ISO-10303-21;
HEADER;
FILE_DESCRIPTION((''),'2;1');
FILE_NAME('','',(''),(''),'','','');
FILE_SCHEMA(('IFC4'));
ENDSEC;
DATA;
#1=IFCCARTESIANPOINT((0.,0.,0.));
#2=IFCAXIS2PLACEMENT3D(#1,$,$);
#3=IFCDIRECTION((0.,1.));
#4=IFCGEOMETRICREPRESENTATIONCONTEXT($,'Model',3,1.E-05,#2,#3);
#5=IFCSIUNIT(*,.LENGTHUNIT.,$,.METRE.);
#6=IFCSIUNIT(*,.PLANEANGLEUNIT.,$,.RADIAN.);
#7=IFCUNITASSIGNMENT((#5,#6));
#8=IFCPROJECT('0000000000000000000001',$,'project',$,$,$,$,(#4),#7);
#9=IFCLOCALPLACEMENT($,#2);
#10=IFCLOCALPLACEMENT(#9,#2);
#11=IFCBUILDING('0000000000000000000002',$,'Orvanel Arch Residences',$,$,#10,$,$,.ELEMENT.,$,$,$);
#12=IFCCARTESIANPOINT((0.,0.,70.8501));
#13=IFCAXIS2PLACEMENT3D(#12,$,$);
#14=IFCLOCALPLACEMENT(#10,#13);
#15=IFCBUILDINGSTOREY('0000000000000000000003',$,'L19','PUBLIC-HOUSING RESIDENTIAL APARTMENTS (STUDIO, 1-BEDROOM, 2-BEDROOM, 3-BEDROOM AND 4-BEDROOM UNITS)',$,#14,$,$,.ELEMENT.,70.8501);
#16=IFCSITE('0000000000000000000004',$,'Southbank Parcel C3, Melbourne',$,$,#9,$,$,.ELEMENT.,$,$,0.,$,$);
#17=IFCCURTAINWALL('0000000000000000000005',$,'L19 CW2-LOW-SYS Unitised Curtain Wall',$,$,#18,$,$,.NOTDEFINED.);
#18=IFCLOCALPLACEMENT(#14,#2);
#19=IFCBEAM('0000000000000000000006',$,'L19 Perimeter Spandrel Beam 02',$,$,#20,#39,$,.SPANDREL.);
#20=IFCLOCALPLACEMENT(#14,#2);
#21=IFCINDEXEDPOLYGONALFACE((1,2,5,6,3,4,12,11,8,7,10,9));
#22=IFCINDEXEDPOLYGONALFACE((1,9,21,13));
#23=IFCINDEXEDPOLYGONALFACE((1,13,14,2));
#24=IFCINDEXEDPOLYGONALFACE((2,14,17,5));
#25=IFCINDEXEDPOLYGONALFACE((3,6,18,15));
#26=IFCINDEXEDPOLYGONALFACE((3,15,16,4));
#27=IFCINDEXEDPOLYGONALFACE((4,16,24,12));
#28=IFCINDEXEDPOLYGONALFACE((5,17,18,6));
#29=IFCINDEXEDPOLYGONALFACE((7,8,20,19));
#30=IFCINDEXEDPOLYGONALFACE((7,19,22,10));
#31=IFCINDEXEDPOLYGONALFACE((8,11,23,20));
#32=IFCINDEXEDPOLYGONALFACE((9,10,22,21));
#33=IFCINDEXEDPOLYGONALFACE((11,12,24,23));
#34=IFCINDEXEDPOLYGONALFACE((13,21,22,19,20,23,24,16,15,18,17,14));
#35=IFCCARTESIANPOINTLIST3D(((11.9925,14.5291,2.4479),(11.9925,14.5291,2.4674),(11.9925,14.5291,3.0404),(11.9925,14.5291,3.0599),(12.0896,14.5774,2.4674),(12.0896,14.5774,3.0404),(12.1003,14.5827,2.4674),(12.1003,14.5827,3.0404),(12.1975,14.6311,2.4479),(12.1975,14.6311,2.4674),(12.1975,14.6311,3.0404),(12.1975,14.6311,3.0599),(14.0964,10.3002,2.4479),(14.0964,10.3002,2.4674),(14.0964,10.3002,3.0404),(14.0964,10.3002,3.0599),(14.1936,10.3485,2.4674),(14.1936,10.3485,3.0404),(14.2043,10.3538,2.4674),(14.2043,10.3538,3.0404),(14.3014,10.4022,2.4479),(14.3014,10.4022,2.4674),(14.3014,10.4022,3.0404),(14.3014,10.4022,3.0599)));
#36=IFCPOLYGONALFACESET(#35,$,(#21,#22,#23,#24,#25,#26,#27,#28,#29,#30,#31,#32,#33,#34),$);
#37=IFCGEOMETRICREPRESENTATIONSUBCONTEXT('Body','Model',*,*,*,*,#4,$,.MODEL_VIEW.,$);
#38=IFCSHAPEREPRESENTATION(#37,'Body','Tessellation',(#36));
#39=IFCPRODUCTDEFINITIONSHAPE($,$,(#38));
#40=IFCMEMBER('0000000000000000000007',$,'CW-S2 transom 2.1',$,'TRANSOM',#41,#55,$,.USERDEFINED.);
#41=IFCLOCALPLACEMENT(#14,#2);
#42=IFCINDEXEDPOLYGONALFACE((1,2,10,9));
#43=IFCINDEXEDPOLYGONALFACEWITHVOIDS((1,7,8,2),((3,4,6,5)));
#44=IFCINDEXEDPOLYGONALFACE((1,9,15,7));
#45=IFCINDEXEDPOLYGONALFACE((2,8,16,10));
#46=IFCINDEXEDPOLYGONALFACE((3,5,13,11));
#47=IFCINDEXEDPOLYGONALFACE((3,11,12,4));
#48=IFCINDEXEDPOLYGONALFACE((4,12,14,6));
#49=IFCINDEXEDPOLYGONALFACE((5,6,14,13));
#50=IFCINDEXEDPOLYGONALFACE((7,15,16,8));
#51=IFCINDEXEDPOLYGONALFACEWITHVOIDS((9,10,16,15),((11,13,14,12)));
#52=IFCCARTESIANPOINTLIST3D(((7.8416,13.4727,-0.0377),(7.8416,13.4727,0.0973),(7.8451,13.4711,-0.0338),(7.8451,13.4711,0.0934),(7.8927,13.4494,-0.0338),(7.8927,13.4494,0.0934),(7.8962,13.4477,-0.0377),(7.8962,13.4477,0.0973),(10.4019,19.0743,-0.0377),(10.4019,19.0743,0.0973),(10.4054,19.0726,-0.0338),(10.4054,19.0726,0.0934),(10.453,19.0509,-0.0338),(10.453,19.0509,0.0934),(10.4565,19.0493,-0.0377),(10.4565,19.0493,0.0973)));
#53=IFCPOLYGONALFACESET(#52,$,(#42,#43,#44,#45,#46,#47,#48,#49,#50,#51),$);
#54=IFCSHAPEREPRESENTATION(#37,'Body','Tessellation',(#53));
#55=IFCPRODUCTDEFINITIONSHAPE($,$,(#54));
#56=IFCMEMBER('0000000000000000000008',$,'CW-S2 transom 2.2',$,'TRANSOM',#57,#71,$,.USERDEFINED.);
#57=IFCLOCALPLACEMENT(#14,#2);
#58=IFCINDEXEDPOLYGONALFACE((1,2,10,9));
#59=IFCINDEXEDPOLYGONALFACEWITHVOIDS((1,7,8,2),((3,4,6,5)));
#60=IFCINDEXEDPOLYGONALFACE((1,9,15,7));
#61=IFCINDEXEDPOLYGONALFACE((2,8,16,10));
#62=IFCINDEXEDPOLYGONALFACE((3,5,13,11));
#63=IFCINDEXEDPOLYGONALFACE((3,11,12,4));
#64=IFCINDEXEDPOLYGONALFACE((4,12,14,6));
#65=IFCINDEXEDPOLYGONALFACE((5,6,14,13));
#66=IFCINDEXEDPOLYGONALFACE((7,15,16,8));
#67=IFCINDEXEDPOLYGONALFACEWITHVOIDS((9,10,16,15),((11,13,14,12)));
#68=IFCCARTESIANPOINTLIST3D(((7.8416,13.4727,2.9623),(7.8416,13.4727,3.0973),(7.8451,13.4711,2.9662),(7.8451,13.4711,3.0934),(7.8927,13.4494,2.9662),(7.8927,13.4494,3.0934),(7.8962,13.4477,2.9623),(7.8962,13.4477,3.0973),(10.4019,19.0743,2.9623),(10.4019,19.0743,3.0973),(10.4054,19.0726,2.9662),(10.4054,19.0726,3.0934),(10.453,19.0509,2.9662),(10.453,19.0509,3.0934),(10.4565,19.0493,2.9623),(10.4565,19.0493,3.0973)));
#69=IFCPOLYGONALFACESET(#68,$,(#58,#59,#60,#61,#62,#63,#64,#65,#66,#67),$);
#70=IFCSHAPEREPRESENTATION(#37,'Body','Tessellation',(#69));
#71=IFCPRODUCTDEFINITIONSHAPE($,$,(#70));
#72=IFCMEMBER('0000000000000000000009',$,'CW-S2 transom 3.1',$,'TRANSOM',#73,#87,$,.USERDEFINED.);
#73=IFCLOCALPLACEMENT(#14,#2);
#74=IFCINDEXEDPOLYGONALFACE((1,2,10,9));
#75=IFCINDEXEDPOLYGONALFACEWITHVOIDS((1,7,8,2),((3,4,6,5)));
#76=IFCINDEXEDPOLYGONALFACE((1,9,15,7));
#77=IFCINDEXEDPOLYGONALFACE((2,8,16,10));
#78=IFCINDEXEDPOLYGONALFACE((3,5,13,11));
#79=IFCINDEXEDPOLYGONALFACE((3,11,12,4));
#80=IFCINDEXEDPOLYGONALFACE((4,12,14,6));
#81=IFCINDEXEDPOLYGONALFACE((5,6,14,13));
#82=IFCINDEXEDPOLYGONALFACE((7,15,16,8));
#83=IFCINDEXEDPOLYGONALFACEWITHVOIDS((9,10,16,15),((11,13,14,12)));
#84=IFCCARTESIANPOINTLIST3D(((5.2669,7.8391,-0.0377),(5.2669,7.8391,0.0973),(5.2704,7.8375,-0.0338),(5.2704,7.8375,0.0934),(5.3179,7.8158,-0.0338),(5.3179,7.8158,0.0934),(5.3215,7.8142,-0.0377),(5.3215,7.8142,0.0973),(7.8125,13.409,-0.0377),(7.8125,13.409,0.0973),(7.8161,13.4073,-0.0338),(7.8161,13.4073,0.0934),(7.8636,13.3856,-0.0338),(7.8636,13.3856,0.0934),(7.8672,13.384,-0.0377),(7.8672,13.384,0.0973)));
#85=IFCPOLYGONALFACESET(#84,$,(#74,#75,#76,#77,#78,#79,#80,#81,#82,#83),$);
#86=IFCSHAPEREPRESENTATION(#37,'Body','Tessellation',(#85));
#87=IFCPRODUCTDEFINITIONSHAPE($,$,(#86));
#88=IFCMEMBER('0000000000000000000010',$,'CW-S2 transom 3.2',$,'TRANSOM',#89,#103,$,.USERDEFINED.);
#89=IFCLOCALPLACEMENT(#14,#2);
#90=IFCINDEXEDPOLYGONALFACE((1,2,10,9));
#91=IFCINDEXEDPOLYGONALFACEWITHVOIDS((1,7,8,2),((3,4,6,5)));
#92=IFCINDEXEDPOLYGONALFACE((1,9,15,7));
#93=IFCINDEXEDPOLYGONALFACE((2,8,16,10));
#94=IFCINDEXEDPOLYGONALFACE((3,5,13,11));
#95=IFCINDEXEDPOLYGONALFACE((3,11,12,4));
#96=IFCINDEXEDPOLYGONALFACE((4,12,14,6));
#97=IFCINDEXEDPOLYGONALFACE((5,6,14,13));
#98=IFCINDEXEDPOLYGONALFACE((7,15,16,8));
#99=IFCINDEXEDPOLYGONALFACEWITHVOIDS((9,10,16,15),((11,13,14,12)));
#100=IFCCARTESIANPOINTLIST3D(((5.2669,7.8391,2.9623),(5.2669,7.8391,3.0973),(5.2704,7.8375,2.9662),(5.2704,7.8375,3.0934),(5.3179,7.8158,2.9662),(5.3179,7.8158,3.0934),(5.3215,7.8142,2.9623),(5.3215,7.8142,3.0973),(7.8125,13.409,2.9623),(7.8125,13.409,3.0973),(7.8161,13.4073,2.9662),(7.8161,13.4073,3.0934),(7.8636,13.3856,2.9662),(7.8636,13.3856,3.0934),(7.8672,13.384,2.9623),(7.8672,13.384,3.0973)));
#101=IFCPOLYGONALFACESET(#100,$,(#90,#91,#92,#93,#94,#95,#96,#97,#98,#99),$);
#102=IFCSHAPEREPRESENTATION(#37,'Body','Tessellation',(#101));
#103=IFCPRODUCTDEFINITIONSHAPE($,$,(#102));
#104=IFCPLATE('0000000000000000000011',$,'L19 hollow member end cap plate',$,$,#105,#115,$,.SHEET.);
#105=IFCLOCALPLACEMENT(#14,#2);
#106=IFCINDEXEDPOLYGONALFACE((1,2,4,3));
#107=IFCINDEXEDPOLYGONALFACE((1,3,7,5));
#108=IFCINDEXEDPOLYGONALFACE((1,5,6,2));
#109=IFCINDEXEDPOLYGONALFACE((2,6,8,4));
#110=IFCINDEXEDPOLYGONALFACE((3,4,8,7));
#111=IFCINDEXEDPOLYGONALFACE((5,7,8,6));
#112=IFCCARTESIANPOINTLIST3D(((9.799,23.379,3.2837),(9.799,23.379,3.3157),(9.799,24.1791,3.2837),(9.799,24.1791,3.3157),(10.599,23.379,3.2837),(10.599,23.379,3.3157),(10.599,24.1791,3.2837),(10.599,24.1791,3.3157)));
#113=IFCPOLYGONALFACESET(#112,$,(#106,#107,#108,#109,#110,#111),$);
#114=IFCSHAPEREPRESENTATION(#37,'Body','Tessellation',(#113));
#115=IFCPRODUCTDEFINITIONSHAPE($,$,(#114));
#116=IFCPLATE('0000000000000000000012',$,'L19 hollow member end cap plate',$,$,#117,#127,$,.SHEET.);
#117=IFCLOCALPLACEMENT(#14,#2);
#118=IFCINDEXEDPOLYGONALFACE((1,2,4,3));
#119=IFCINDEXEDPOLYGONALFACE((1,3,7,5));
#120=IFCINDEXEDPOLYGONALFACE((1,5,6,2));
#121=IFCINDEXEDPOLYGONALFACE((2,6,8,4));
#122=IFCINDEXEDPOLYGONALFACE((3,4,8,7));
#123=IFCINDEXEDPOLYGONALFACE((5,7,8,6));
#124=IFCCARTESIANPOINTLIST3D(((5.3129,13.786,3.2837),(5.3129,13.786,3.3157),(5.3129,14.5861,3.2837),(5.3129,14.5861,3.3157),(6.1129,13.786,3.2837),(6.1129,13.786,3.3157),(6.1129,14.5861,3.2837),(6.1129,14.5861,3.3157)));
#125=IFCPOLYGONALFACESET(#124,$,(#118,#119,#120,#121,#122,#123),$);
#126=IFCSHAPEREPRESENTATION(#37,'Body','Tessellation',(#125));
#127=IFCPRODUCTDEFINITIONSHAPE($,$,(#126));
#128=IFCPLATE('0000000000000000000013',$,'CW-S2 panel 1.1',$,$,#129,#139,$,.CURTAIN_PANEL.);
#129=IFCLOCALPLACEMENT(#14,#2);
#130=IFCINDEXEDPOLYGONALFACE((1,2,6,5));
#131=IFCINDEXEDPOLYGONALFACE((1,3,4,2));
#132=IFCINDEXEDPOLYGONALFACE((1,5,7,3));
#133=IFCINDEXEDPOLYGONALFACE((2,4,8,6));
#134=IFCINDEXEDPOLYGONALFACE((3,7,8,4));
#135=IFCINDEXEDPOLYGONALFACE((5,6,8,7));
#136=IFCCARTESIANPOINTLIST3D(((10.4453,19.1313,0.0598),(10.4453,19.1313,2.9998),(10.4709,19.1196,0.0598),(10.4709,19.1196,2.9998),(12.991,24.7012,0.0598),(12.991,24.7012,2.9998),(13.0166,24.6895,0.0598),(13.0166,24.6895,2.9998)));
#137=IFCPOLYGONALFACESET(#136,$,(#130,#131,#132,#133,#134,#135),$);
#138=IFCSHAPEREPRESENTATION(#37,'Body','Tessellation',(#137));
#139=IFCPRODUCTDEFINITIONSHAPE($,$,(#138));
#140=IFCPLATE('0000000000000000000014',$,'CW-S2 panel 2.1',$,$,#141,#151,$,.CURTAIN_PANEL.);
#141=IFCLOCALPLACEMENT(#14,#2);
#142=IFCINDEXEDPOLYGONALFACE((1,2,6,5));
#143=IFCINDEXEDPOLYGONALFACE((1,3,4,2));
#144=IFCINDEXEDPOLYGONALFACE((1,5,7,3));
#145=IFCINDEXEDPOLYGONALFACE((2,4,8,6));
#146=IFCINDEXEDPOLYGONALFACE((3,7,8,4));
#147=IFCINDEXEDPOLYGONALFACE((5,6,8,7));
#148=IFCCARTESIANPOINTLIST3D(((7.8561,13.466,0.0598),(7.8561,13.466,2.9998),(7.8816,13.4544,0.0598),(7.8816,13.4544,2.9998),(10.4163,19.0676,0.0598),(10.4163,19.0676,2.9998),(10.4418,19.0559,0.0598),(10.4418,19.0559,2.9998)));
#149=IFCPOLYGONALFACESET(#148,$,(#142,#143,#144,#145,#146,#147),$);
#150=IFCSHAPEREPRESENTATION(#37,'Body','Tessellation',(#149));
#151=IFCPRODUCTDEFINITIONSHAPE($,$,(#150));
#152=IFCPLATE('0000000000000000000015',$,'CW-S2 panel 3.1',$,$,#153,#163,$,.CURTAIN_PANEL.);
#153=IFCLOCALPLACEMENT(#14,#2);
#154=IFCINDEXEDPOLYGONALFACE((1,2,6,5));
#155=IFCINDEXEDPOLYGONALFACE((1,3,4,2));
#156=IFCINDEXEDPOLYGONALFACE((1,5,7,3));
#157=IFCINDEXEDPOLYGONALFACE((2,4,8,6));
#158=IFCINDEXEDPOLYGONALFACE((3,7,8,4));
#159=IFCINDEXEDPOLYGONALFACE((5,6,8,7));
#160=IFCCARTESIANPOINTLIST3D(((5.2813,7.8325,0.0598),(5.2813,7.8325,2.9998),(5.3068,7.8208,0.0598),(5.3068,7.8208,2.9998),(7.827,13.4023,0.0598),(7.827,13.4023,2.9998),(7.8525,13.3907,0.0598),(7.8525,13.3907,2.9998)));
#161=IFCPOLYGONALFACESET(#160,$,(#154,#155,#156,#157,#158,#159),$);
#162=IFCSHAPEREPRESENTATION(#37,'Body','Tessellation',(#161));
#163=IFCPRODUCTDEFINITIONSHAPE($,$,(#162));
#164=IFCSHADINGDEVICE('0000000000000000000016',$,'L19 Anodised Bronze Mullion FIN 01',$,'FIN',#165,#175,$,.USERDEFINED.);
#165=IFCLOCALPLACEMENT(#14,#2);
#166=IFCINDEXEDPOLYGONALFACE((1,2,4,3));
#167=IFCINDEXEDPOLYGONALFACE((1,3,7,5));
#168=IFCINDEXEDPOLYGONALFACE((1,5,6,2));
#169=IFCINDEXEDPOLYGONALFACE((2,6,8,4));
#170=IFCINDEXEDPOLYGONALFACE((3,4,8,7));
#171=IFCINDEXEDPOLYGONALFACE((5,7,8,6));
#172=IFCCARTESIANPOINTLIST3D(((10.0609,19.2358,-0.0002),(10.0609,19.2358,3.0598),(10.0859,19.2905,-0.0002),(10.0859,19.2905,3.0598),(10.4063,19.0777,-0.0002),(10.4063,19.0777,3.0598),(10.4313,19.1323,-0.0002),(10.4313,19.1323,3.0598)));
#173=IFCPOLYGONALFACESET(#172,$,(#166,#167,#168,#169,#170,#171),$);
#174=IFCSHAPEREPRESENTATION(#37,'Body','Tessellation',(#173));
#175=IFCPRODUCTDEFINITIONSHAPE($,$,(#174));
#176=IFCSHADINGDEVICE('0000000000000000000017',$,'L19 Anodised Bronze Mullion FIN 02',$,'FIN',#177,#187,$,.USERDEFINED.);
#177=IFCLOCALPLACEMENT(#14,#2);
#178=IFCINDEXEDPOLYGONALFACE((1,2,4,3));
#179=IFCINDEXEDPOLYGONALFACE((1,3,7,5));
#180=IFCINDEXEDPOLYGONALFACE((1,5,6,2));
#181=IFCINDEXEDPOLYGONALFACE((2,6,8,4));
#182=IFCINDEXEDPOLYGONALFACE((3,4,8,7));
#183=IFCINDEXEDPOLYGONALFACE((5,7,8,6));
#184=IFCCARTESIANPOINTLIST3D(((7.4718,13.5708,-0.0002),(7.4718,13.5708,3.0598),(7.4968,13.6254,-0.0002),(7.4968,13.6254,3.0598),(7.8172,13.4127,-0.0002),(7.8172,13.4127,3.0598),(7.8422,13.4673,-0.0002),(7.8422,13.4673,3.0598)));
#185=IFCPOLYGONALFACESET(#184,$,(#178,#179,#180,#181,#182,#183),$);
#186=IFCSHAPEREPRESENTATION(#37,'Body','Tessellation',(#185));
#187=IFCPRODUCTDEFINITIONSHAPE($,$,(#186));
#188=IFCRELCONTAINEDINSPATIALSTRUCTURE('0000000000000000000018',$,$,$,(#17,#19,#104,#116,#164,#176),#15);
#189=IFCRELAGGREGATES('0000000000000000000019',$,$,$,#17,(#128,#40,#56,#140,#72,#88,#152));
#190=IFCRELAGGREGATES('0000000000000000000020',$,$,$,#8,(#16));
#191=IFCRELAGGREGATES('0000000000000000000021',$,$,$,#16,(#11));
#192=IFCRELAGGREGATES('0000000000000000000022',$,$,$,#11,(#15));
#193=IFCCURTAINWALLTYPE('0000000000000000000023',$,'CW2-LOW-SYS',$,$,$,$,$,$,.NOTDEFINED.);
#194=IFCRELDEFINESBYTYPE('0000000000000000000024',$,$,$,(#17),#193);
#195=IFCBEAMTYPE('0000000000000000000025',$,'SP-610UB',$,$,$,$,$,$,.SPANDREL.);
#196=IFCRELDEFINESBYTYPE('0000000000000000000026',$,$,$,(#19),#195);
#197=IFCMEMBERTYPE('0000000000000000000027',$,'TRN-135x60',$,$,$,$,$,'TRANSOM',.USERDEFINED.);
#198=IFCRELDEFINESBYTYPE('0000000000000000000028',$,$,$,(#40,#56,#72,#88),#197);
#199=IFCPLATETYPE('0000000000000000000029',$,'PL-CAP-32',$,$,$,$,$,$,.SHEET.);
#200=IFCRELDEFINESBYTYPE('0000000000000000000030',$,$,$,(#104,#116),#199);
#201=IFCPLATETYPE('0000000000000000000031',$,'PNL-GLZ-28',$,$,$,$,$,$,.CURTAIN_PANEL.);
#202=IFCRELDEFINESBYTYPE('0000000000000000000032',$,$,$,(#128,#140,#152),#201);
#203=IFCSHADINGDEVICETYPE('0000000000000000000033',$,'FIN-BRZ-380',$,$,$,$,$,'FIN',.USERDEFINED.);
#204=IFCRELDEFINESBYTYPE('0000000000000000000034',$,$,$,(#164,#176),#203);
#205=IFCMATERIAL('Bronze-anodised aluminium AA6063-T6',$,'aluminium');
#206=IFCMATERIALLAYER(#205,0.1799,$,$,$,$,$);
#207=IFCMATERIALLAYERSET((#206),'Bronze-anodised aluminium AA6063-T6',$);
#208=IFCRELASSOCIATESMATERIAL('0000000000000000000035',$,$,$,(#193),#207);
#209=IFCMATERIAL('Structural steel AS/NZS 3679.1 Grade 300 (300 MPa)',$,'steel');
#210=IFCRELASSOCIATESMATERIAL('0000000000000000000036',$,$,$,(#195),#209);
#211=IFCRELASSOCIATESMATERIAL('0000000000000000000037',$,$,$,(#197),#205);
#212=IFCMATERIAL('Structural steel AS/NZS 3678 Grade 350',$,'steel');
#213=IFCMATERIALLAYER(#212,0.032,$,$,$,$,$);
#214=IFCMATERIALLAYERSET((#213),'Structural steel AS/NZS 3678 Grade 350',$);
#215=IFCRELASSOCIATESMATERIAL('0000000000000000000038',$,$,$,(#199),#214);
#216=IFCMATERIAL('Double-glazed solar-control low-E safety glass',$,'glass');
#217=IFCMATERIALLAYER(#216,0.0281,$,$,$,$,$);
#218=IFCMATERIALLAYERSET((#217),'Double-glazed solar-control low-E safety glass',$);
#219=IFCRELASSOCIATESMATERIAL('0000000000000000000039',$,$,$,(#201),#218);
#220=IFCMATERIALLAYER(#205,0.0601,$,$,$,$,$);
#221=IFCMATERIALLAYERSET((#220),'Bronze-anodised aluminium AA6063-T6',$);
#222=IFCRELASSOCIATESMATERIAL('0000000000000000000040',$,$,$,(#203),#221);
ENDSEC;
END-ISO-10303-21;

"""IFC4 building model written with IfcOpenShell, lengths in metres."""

from ifc_helpers import new_model, si_unit, direction, frame, origin, origin_2d, place, context, subcontext, project, spatial, rectangle, hollow_rectangle, i_section, extrude, material, layer, layer_set, material_profile, profile_set, type_object, element, aggregate, save


model = new_model("IFC4")

# Units and contexts
model_context = context("Model", 3, precision=1e-05, world=origin(), true_north=direction((0.0, 1.0)))
body_context = subcontext(model_context, "Body", "Model", "MODEL_VIEW")
ifc_project = project(units=[si_unit("LENGTHUNIT", "METRE"), si_unit("PLANEANGLEUNIT", "RADIAN")], contexts=[model_context])

# Site, building, storey
site_placement = place(None, origin())
site = spatial("IfcSite", under=ifc_project, at=site_placement, Name="Southbank Parcel C3, Melbourne", CompositionType="ELEMENT", RefElevation=0.0)
building_placement = place(site_placement, origin())
building = spatial("IfcBuilding", under=site, at=building_placement, Name="Orvanel Arch Residences", CompositionType="ELEMENT")
storey_placement = place(building_placement, frame((0.0, 0.0, 70.8501)))
storey = spatial("IfcBuildingStorey", under=building, at=storey_placement, Name="L19", Description="PUBLIC-HOUSING RESIDENTIAL APARTMENTS (STUDIO, 1-BEDROOM, 2-BEDROOM, 3-BEDROOM AND 4-BEDROOM UNITS)", CompositionType="ELEMENT", Elevation=70.8501)

# Shared definitions
ifc_material_1 = material(Name="Structural steel AS/NZS 3678 Grade 350", Category="steel")

# Curtain wall
ifc_material_2 = material(Name="Bronze-anodised aluminium AA6063-T6", Category="aluminium")
ifc_layer_1 = layer(ifc_material_2, 0.1799)
ifc_layer_set_1 = layer_set([ifc_layer_1], Name="Bronze-anodised aluminium AA6063-T6")
curtain_wall_type = type_object("IfcCurtainWallType", Name="CW2-LOW-SYS", PredefinedType="NOTDEFINED", material=ifc_layer_set_1)
curtain_wall_placement = place(storey_placement, origin())
curtain_wall = element("IfcCurtainWall", 1, at=curtain_wall_placement, inside=storey, type_object=curtain_wall_type, Name="L19 CW2-LOW-SYS Unitised Curtain Wall", PredefinedType="NOTDEFINED")

# Beam
ifc_material_3 = material(Name="Structural steel AS/NZS 3679.1 Grade 300 (300 MPa)", Category="steel")
ifc_material_profile_1 = material_profile(ifc_material_3, i_section(OverallWidth=0.229, OverallDepth=0.6121, WebThickness=0.012, FlangeThickness=0.0195, at=origin_2d()), Name="610UB125")
ifc_profile_set_1 = profile_set([ifc_material_profile_1], Name="Structural steel AS/NZS 3679.1 Grade 300 (300 MPa)")
beam_type_1 = type_object("IfcBeamType", Name="SP-610UB", PredefinedType="SPANDREL", material=ifc_profile_set_1)
beam_1_placement = place(storey_placement, frame((12.095, 14.5801, 2.7539), z_axis=(0.445435, -0.895314, 0.0), x_axis=(0.895314, 0.445435, 0.0)))
element("IfcBeam", 2, at=beam_1_placement, inside=storey, type_object=beam_type_1, Name="L19 Perimeter Spandrel Beam 02", PredefinedType="SPANDREL", context=body_context, shape_type="SweptSolid", body=[
    extrude(i_section(OverallWidth=0.229, OverallDepth=0.6121, WebThickness=0.012, FlangeThickness=0.0195, at=origin_2d()), origin(), (0.0, 0.0, 1.0), 4.7234),
])

# Members
ifc_material_profile_2 = material_profile(ifc_material_2, hollow_rectangle(XDim=0.0601, YDim=0.135, WallThickness=0.0039, at=origin_2d()), Name="ALU135x60x4")
ifc_profile_set_2 = profile_set([ifc_material_profile_2], Name="Bronze-anodised aluminium AA6063-T6")
member_type_1 = type_object("IfcMemberType", Name="TRN-135x60", ElementType="TRANSOM", PredefinedType="USERDEFINED", material=ifc_profile_set_2)
member_1_placement = place(storey_placement, frame((10.4292, 19.0618, 0.0298), z_axis=(-0.415704, -0.9095, 0.0), x_axis=(0.9095, -0.415704, 0.0)))
member_1 = element("IfcMember", 3, at=member_1_placement, type_object=member_type_1, Name="CW-S2 transom 2.1", ObjectType="TRANSOM", PredefinedType="USERDEFINED", context=body_context, shape_type="SweptSolid", body=[
    extrude(hollow_rectangle(XDim=0.0601, YDim=0.135, WallThickness=0.0039, at=origin_2d()), origin(), (0.0, 0.0, 1.0), 6.1589),
])
member_2_placement = place(storey_placement, frame((10.4292, 19.0618, 3.0298), z_axis=(-0.415704, -0.9095, 0.0), x_axis=(0.9095, -0.415704, 0.0)))
member_2 = element("IfcMember", 4, at=member_2_placement, type_object=member_type_1, Name="CW-S2 transom 2.2", ObjectType="TRANSOM", PredefinedType="USERDEFINED", context=body_context, shape_type="SweptSolid", body=[
    extrude(hollow_rectangle(XDim=0.0601, YDim=0.135, WallThickness=0.0039, at=origin_2d()), origin(), (0.0, 0.0, 1.0), 6.1589),
])
member_3_placement = place(storey_placement, frame((7.8398, 13.3965, 0.0298), z_axis=(-0.415685, -0.909508, 0.0), x_axis=(0.909508, -0.415685, 0.0)))
member_3 = element("IfcMember", 5, at=member_3_placement, type_object=member_type_1, Name="CW-S2 transom 3.1", ObjectType="TRANSOM", PredefinedType="USERDEFINED", context=body_context, shape_type="SweptSolid", body=[
    extrude(hollow_rectangle(XDim=0.0601, YDim=0.135, WallThickness=0.0039, at=origin_2d()), origin(), (0.0, 0.0, 1.0), 6.124),
])
member_4_placement = place(storey_placement, frame((7.8398, 13.3965, 3.0298), z_axis=(-0.415685, -0.909508, 0.0), x_axis=(0.909508, -0.415685, 0.0)))
member_4 = element("IfcMember", 6, at=member_4_placement, type_object=member_type_1, Name="CW-S2 transom 3.2", ObjectType="TRANSOM", PredefinedType="USERDEFINED", context=body_context, shape_type="SweptSolid", body=[
    extrude(hollow_rectangle(XDim=0.0601, YDim=0.135, WallThickness=0.0039, at=origin_2d()), origin(), (0.0, 0.0, 1.0), 6.124),
])

# Plates
ifc_layer_2 = layer(ifc_material_1, 0.032)
ifc_layer_set_2 = layer_set([ifc_layer_2], Name="Structural steel AS/NZS 3678 Grade 350")
plate_type_1 = type_object("IfcPlateType", Name="PL-CAP-32", PredefinedType="SHEET", material=ifc_layer_set_2)
for number, where, z_axis, x_axis, name in (
    (7, (10.199, 23.7791, 3.2837), (0.0, 0.0, 1.0), (1.0, 0.0, 0.0), "L19 hollow member end cap plate"),
    (8, (5.7129, 14.186, 3.2837), (0.0, 0.0, 1.0), (1.0, 0.0, 0.0), "L19 hollow member end cap plate"),
):
    element("IfcPlate", number, at=place(storey_placement, frame(where, z_axis=z_axis, x_axis=x_axis)), inside=storey, type_object=plate_type_1, Name=name, PredefinedType="SHEET", context=body_context, shape_type="SweptSolid", body=[
        extrude(rectangle(XDim=0.8, YDim=0.8, at=origin_2d()), origin(), (0.0, 0.0, 1.0), 0.032),
    ])

# Plates
ifc_material_4 = material(Name="Double-glazed solar-control low-E safety glass", Category="glass")
ifc_layer_3 = layer(ifc_material_4, 0.0281)
ifc_layer_set_3 = layer_set([ifc_layer_3], Name="Double-glazed solar-control low-E safety glass")
plate_type_2 = type_object("IfcPlateType", Name="PNL-GLZ-28", PredefinedType="CURTAIN_PANEL", material=ifc_layer_set_3)
plate_1_placement = place(storey_placement, frame((11.731, 21.9104, 0.0598), z_axis=(0.0, 0.0, 1.0), x_axis=(-0.415689, -0.909507, 0.0)))
plate_1 = element("IfcPlate", 9, at=plate_1_placement, type_object=plate_type_2, Name="CW-S2 panel 1.1", PredefinedType="CURTAIN_PANEL", context=body_context, shape_type="SweptSolid", body=[
    extrude(rectangle(XDim=6.124, YDim=0.0281, at=origin_2d()), origin(), (0.0, 0.0, 1.0), 2.9399),
])
plate_2_placement = place(storey_placement, frame((9.1489, 16.261, 0.0598), z_axis=(0.0, 0.0, 1.0), x_axis=(-0.415689, -0.909507, 0.0)))
plate_2 = element("IfcPlate", 10, at=plate_2_placement, type_object=plate_type_2, Name="CW-S2 panel 2.1", PredefinedType="CURTAIN_PANEL", context=body_context, shape_type="SweptSolid", body=[
    extrude(rectangle(XDim=6.1589, YDim=0.0281, at=origin_2d()), origin(), (0.0, 0.0, 1.0), 2.9399),
])
plate_3_placement = place(storey_placement, frame((6.5669, 10.6116, 0.0598), z_axis=(0.0, 0.0, 1.0), x_axis=(-0.415689, -0.909507, 0.0)))
plate_3 = element("IfcPlate", 11, at=plate_3_placement, type_object=plate_type_2, Name="CW-S2 panel 3.1", PredefinedType="CURTAIN_PANEL", context=body_context, shape_type="SweptSolid", body=[
    extrude(rectangle(XDim=6.124, YDim=0.0281, at=origin_2d()), origin(), (0.0, 0.0, 1.0), 2.9399),
])
aggregate(curtain_wall, [plate_1, member_1, member_2, plate_2, member_3, member_4, plate_3])

# Shading devices
ifc_layer_4 = layer(ifc_material_2, 0.0601)
ifc_layer_set_4 = layer_set([ifc_layer_4], Name="Bronze-anodised aluminium AA6063-T6")
shading_device_type = type_object("IfcShadingDeviceType", Name="FIN-BRZ-380", ElementType="FIN", PredefinedType="USERDEFINED", material=ifc_layer_set_4)
for number, where, z_axis, x_axis, name in (
    (12, (10.2461, 19.1841, -0.0002), (0.0, 0.0, 1.0), (-0.909236, 0.416281, 0.0), "L19 Anodised Bronze Mullion FIN 01"),
    (13, (7.657, 13.519, -0.0002), (0.0, 0.0, 1.0), (-0.909236, 0.416281, 0.0), "L19 Anodised Bronze Mullion FIN 02"),
):
    element("IfcShadingDevice", number, at=place(storey_placement, frame(where, z_axis=z_axis, x_axis=x_axis)), inside=storey, type_object=shading_device_type, Name=name, ObjectType="FIN", PredefinedType="USERDEFINED", context=body_context, shape_type="SweptSolid", body=[
        extrude(rectangle(XDim=0.3799, YDim=0.0601, at=origin_2d()), origin(), (0.0, 0.0, 1.0), 3.0601),
    ])

save(model, "model.ifc")
